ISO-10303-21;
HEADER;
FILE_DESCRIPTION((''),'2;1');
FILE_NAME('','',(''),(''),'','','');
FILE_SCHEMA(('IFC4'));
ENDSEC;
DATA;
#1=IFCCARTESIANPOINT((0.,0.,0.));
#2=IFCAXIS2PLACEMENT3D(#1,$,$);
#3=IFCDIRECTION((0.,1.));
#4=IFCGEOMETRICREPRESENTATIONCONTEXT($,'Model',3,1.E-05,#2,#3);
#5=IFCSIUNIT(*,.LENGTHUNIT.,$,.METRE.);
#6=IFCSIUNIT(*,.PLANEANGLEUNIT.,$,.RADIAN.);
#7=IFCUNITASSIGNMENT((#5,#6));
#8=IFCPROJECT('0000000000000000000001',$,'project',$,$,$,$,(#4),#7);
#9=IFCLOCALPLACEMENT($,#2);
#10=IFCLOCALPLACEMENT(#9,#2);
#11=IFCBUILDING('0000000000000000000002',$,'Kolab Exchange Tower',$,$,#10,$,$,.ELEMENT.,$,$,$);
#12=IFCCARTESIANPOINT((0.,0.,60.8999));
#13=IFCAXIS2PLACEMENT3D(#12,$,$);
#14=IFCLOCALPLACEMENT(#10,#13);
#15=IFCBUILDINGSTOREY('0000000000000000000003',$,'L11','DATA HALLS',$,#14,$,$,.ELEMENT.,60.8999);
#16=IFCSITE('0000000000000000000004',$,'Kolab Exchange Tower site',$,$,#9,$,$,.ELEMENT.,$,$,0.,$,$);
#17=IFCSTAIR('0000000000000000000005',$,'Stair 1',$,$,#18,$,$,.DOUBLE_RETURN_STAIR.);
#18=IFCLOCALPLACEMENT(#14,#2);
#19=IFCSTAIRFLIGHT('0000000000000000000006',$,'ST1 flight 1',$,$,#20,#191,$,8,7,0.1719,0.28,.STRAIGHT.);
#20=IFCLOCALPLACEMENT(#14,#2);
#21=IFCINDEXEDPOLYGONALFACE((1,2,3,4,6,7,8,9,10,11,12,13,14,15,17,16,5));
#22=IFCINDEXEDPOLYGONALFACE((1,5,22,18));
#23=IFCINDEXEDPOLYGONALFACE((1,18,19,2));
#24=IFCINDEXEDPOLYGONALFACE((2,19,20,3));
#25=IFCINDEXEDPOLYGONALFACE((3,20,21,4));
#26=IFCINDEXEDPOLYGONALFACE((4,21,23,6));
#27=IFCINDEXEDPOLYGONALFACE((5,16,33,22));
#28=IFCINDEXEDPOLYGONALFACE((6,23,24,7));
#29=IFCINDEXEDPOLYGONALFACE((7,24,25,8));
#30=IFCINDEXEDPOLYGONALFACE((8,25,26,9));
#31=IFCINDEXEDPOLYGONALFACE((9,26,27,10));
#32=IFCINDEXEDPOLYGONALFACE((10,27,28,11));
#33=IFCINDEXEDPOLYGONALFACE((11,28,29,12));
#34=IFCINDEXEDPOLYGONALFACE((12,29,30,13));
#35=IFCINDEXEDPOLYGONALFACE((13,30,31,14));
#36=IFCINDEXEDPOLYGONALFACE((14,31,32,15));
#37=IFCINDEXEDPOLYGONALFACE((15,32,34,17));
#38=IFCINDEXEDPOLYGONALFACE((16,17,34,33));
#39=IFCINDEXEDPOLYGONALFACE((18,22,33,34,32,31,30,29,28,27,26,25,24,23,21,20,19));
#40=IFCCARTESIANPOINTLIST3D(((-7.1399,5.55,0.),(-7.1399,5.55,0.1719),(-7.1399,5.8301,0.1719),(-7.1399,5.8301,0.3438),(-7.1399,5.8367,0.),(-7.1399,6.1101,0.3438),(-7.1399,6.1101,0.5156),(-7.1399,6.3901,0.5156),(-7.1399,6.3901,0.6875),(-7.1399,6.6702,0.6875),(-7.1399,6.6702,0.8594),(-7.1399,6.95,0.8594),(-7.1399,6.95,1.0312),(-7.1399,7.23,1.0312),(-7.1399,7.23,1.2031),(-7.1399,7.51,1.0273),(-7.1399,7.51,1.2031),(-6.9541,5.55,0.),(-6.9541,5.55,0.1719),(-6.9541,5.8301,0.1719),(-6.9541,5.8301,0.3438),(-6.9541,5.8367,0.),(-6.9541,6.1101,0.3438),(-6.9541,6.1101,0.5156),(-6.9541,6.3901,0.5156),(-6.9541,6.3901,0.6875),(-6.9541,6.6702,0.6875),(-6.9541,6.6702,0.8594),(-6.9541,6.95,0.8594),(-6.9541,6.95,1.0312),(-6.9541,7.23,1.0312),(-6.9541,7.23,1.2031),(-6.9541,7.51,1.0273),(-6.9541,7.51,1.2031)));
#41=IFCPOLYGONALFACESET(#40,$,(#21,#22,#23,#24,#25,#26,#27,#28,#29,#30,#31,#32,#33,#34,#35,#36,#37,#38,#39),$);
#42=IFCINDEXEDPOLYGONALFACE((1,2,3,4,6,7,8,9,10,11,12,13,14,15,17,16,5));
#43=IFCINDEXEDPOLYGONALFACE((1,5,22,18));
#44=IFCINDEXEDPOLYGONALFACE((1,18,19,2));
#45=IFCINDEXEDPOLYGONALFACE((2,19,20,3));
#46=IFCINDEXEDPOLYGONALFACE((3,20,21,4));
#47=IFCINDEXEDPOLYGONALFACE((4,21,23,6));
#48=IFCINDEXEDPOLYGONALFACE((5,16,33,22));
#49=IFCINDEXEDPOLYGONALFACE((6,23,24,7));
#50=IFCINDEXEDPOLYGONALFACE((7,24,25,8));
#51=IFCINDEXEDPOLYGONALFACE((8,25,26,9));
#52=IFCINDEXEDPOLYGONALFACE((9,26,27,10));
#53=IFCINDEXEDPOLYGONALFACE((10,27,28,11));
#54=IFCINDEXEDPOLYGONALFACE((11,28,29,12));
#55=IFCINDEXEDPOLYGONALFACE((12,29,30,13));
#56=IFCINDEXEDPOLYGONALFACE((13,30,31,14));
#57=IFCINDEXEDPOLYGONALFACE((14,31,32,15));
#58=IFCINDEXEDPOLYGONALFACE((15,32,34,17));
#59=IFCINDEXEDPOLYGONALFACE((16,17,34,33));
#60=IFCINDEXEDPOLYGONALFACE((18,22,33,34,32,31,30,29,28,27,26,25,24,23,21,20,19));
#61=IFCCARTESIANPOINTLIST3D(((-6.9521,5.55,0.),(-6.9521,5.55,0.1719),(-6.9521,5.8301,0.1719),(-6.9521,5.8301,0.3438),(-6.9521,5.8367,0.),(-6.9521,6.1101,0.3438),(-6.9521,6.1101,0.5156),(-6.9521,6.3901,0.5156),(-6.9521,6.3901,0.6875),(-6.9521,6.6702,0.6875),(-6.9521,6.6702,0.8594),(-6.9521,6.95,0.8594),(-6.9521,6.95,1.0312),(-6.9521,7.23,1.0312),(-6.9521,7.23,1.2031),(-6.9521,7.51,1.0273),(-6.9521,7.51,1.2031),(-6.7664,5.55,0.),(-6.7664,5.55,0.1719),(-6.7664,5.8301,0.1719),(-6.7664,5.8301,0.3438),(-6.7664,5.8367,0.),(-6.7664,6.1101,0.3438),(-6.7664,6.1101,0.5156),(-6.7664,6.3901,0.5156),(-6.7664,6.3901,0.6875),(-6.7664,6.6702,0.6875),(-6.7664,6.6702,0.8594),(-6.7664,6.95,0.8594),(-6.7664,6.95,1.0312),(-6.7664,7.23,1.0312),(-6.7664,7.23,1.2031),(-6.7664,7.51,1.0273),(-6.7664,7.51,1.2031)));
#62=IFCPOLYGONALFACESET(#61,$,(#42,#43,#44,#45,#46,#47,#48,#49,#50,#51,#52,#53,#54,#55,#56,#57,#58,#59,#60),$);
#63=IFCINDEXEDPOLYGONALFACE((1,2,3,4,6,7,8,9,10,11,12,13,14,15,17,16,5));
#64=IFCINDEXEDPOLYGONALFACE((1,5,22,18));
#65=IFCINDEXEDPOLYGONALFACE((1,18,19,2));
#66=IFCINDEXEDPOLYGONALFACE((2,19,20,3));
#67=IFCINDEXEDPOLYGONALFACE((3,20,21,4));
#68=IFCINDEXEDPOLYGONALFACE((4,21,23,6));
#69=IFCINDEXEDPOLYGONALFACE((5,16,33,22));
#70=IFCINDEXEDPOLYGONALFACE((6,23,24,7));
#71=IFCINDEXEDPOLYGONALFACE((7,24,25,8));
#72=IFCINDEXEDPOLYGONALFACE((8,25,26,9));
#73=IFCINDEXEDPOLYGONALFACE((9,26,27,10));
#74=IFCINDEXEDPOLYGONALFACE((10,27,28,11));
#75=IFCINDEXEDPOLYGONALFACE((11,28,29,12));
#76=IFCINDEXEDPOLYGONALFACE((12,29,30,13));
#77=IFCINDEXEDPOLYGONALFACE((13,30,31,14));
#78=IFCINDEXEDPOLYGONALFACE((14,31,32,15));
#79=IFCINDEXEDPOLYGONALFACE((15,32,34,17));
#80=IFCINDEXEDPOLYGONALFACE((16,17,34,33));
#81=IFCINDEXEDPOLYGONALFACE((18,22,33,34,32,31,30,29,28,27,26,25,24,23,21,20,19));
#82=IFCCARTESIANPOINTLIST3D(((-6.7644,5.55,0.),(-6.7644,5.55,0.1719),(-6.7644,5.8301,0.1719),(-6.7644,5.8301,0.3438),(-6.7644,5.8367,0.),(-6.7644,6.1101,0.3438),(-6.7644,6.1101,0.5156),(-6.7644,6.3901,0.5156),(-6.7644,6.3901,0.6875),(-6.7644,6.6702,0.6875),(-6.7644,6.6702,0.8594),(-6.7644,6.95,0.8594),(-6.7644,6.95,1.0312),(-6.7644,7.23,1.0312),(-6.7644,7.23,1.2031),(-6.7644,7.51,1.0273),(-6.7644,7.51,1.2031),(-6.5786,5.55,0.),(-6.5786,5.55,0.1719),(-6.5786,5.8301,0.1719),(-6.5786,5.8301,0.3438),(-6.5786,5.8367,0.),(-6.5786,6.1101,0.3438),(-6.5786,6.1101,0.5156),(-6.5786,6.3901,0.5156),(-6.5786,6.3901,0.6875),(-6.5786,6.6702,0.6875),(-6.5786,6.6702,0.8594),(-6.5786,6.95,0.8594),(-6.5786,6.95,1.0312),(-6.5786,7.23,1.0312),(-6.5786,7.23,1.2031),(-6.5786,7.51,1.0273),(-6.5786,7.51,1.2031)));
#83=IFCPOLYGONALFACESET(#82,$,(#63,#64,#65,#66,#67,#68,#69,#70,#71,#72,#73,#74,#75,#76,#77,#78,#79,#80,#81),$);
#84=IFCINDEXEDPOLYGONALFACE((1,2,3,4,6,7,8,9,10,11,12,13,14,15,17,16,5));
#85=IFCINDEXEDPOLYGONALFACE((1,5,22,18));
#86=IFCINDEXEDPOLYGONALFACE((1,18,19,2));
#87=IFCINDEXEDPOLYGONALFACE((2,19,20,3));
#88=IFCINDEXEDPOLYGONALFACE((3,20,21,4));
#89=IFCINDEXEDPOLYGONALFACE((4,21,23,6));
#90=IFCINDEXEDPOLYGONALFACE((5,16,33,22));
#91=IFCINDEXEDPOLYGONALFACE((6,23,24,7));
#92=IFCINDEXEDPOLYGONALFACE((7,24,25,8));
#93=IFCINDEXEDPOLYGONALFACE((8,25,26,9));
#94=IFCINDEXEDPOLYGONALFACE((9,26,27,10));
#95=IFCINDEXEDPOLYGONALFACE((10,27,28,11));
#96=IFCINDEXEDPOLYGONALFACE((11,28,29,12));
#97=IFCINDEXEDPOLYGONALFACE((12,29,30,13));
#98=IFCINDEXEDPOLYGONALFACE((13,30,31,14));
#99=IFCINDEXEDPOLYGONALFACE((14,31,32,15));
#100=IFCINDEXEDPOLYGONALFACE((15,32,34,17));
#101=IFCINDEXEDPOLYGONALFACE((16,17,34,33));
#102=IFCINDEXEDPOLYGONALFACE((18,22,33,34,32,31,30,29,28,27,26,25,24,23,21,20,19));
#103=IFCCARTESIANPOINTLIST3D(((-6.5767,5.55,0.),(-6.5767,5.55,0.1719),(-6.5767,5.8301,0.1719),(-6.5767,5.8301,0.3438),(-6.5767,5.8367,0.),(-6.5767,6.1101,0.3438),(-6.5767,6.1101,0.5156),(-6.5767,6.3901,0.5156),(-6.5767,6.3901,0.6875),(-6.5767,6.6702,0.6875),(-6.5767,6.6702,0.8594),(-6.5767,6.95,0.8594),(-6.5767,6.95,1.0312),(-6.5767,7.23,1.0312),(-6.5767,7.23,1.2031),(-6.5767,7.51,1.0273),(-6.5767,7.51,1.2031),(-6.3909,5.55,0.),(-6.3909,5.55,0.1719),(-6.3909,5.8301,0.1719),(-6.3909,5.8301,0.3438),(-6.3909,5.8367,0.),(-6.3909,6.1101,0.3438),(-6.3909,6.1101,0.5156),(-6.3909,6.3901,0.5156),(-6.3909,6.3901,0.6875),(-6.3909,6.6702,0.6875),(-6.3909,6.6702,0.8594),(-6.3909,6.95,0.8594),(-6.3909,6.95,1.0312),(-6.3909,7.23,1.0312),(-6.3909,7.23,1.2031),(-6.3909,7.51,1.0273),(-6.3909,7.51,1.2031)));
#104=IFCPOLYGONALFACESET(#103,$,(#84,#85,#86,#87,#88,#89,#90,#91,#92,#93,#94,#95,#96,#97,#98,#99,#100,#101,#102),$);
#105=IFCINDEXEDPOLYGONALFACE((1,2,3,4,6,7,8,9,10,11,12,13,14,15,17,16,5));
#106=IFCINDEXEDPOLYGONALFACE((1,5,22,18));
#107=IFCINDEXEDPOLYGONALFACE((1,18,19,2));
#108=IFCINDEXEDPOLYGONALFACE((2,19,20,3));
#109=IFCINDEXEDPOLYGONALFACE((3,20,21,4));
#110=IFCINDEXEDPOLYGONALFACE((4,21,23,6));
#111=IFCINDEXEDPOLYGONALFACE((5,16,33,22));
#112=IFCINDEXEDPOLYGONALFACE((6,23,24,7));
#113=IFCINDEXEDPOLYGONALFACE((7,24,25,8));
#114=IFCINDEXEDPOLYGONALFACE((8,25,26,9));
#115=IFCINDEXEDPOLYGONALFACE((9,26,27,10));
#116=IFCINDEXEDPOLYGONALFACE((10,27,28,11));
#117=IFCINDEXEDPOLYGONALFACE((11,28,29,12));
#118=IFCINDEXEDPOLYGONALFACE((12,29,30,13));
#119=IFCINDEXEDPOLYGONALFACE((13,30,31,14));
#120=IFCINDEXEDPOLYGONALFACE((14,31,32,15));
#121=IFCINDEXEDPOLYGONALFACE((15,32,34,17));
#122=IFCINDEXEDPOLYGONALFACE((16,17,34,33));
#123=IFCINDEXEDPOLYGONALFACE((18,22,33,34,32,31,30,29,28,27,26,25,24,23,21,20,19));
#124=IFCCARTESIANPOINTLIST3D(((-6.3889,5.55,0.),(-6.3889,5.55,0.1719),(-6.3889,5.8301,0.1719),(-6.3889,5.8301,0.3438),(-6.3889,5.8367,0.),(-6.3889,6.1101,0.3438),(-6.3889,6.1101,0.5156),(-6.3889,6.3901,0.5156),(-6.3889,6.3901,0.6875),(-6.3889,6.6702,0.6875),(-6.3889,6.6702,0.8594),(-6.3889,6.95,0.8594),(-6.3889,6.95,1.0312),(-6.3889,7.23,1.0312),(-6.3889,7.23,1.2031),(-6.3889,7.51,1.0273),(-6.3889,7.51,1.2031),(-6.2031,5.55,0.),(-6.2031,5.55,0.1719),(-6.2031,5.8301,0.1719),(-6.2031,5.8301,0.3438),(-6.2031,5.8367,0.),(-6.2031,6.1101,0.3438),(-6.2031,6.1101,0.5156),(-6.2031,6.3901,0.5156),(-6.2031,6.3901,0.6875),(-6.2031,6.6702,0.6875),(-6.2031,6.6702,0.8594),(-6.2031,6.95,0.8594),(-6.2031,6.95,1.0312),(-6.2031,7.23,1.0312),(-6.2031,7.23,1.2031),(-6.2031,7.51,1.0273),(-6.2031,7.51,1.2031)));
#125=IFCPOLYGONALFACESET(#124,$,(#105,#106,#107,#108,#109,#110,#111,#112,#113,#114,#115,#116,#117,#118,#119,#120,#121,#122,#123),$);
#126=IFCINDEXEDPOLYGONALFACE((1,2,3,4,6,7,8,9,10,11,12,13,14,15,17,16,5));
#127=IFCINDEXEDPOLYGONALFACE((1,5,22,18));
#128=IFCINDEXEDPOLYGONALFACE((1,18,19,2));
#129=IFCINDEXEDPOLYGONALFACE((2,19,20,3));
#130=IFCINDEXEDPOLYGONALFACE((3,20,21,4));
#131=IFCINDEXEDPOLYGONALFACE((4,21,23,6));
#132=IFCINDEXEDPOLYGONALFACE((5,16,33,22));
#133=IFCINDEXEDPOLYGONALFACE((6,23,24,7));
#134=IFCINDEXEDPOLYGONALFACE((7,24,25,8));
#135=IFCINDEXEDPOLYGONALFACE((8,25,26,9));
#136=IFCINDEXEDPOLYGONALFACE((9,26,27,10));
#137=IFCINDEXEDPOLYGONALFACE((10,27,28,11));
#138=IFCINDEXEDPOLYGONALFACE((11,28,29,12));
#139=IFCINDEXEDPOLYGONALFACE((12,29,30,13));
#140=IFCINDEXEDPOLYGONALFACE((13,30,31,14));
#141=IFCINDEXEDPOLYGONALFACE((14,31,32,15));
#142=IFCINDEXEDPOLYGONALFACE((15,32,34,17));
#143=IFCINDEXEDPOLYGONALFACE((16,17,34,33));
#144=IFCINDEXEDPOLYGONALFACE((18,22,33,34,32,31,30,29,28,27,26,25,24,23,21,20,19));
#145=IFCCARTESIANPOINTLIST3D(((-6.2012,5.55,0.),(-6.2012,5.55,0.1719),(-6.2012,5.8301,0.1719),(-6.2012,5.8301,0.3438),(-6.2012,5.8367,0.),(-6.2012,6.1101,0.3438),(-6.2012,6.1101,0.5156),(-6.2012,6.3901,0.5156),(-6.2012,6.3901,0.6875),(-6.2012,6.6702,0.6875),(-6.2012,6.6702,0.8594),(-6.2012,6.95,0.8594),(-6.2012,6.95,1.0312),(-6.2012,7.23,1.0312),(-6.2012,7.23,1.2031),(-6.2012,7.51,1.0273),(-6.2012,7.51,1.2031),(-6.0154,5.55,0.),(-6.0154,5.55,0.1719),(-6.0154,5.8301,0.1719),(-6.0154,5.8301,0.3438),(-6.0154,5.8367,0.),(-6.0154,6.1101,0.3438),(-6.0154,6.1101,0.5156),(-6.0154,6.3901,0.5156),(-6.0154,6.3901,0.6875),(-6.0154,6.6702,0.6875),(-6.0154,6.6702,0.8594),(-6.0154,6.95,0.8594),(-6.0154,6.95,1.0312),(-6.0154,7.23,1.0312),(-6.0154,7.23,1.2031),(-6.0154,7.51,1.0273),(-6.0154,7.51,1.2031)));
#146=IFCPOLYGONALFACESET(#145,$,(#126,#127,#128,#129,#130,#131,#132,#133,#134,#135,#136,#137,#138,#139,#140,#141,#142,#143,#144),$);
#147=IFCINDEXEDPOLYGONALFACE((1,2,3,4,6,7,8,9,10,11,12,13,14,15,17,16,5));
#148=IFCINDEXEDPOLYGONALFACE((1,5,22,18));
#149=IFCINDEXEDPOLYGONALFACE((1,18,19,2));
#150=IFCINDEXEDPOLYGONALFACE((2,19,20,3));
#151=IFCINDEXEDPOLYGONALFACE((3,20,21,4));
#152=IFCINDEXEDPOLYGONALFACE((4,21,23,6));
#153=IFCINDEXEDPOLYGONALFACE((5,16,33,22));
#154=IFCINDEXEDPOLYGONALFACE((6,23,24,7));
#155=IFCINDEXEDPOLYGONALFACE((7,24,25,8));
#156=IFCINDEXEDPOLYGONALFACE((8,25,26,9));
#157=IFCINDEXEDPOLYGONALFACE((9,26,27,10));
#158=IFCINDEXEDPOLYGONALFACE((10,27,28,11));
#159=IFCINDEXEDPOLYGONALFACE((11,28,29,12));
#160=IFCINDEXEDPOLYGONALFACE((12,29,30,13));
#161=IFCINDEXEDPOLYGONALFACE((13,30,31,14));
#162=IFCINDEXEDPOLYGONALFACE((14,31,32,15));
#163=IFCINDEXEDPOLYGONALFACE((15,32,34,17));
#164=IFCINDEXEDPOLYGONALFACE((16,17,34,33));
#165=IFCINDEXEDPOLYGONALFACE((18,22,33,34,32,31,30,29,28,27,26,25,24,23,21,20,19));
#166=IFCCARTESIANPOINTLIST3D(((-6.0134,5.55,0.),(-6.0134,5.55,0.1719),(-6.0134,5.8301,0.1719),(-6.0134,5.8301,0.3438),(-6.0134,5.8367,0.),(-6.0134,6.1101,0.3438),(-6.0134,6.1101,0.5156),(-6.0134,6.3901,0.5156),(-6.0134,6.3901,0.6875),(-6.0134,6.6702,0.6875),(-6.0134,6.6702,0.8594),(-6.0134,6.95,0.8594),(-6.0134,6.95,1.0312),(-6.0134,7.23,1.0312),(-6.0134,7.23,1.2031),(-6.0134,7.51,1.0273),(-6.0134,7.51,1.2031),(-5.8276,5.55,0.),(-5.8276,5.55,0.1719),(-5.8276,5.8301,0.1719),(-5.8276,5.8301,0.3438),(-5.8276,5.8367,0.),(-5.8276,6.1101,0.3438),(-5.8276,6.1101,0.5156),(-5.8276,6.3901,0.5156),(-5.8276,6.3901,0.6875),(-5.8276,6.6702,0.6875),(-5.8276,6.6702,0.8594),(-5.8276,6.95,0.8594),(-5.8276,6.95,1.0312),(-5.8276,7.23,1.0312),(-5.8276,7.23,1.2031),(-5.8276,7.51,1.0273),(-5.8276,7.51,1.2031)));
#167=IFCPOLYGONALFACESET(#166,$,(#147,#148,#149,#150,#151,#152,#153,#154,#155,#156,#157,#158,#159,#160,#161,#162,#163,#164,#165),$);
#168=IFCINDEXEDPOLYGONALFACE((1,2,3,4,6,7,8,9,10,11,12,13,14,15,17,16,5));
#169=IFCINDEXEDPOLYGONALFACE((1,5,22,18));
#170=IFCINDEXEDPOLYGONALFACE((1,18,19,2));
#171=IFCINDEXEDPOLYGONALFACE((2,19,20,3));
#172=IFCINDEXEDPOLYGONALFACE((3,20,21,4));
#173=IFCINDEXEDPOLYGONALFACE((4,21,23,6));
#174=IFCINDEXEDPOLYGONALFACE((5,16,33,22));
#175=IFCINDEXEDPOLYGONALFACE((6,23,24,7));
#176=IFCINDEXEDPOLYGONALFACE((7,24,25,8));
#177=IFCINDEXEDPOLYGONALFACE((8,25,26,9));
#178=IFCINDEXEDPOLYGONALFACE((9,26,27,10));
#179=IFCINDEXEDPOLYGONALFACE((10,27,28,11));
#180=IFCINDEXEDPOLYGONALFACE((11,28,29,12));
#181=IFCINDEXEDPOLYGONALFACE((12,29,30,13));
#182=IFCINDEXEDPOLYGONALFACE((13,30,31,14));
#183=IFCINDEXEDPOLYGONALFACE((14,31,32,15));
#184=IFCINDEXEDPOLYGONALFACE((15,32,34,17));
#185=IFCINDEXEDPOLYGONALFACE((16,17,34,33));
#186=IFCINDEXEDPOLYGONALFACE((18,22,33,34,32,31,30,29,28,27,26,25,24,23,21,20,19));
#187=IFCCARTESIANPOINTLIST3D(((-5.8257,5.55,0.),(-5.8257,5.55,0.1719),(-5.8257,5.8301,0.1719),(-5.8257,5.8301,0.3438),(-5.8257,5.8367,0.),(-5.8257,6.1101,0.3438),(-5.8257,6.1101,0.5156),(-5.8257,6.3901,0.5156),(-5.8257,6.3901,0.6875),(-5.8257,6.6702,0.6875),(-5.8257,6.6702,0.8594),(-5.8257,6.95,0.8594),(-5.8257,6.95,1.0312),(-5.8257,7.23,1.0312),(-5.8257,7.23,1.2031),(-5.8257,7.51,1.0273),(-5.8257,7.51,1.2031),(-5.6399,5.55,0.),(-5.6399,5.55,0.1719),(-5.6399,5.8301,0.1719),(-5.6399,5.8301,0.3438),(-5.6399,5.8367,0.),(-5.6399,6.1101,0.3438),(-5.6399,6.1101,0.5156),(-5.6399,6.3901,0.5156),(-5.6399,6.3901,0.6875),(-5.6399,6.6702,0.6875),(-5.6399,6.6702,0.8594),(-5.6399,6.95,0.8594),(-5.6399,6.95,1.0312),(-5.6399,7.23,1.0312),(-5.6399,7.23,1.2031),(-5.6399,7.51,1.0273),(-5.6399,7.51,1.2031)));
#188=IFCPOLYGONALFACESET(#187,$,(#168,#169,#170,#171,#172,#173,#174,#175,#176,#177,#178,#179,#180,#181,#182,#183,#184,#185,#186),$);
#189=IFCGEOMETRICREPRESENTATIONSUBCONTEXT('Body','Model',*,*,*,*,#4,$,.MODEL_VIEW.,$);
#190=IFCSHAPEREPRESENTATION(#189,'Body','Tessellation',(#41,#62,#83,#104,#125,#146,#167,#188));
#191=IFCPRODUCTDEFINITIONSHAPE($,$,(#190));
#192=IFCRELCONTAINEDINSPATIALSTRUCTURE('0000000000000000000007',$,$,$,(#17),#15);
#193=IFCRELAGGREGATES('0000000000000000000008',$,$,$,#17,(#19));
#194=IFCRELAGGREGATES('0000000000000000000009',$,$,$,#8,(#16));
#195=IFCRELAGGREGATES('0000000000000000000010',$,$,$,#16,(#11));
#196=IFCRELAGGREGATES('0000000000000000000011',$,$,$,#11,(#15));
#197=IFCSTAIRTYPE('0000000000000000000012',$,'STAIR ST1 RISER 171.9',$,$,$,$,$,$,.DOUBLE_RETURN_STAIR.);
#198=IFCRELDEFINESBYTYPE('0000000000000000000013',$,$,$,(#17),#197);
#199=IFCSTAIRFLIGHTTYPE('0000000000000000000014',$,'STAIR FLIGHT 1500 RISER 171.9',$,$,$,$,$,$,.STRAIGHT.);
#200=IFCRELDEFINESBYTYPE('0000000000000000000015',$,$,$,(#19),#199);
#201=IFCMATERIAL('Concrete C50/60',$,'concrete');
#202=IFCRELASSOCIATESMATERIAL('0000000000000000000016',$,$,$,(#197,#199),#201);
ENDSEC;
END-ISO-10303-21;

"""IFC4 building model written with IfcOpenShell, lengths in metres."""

from ifc_helpers import new_model, si_unit, direction, frame, origin, place, context, subcontext, project, spatial, polyline, outline, extrude, material, type_object, element, aggregate, save


model = new_model("IFC4")

# Units and contexts
model_context = context("Model", 3, precision=1e-05, world=origin(), true_north=direction((0.0, 1.0)))
body_context = subcontext(model_context, "Body", "Model", "MODEL_VIEW")
ifc_project = project(units=[si_unit("LENGTHUNIT", "METRE"), si_unit("PLANEANGLEUNIT", "RADIAN")], contexts=[model_context])

# Site, building, storey
site_placement = place(None, origin())
site = spatial("IfcSite", under=ifc_project, at=site_placement, Name="Kolab Exchange Tower site", CompositionType="ELEMENT", RefElevation=0.0)
building_placement = place(site_placement, origin())
building = spatial("IfcBuilding", under=site, at=building_placement, Name="Kolab Exchange Tower", CompositionType="ELEMENT")
storey_placement = place(building_placement, frame((0.0, 0.0, 60.8999)))
storey = spatial("IfcBuildingStorey", under=building, at=storey_placement, Name="L11", Description="DATA HALLS", CompositionType="ELEMENT", Elevation=60.8999)

# Shared definitions
ifc_material_1 = material(Name="Concrete C50/60", Category="concrete")

# Stair, stair flight
stair_type = type_object("IfcStairType", Name="STAIR ST1 RISER 171.9", PredefinedType="DOUBLE_RETURN_STAIR", material=ifc_material_1)
stair_placement = place(storey_placement, origin())
stair = element("IfcStair", 1, at=stair_placement, inside=storey, type_object=stair_type, Name="Stair 1", PredefinedType="DOUBLE_RETURN_STAIR")
stair_flight_type = type_object("IfcStairFlightType", Name="STAIR FLIGHT 1500 RISER 171.9", PredefinedType="STRAIGHT", material=ifc_material_1)
stair_flight_1_placement = place(storey_placement, frame((-6.3899, 5.55, 0.0), z_axis=(0.0, 0.0, 1.0), x_axis=(0.0, 1.0, 0.0)))
stair_flight_1 = element("IfcStairFlight", 2, at=stair_flight_1_placement, type_object=stair_flight_type, Name="ST1 flight 1", NumberOfRisers=8, NumberOfTreads=7, PredefinedType="STRAIGHT", RiserHeight=0.1719, TreadLength=0.28, context=body_context, shape_type="SweptSolid", body=[
    extrude(outline(polyline([(0.0, 0.0), (0.0, 0.1719), (0.28, 0.1719), (0.28, 0.3438), (0.5601, 0.3438), (0.5601, 0.5156), (0.8401, 0.5156), (0.8401, 0.6875), (1.1201, 0.6875), (1.1201, 0.8594), (1.3999, 0.8594), (1.3999, 1.0312), (1.6799, 1.0312), (1.6799, 1.2031), (1.96, 1.2031), (1.96, 1.375), (1.96, 1.0273), (0.2866, 0.0), (0.0, 0.0)])), frame((0.0, 0.75, 0.0), z_axis=(0.0, -1.0, 0.0), x_axis=(1.0, 0.0, 0.0)), (0.0, 0.0, 1.0), 0.1858),
    extrude(outline(polyline([(0.0, 0.0), (0.0, 0.1719), (0.28, 0.1719), (0.28, 0.3438), (0.5601, 0.3438), (0.5601, 0.5156), (0.8401, 0.5156), (0.8401, 0.6875), (1.1201, 0.6875), (1.1201, 0.8594), (1.3999, 0.8594), (1.3999, 1.0312), (1.6799, 1.0312), (1.6799, 1.2031), (1.96, 1.2031), (1.96, 1.375), (1.96, 1.0273), (0.2866, 0.0), (0.0, 0.0)])), frame((0.0, 0.5623, 0.0), z_axis=(0.0, -1.0, 0.0), x_axis=(1.0, 0.0, 0.0)), (0.0, 0.0, 1.0), 0.1858),
    extrude(outline(polyline([(0.0, 0.0), (0.0, 0.1719), (0.28, 0.1719), (0.28, 0.3438), (0.5601, 0.3438), (0.5601, 0.5156), (0.8401, 0.5156), (0.8401, 0.6875), (1.1201, 0.6875), (1.1201, 0.8594), (1.3999, 0.8594), (1.3999, 1.0312), (1.6799, 1.0312), (1.6799, 1.2031), (1.96, 1.2031), (1.96, 1.375), (1.96, 1.0273), (0.2866, 0.0), (0.0, 0.0)])), frame((0.0, 0.3745, 0.0), z_axis=(0.0, -1.0, 0.0), x_axis=(1.0, 0.0, 0.0)), (0.0, 0.0, 1.0), 0.1858),
    extrude(outline(polyline([(0.0, 0.0), (0.0, 0.1719), (0.28, 0.1719), (0.28, 0.3438), (0.5601, 0.3438), (0.5601, 0.5156), (0.8401, 0.5156), (0.8401, 0.6875), (1.1201, 0.6875), (1.1201, 0.8594), (1.3999, 0.8594), (1.3999, 1.0312), (1.6799, 1.0312), (1.6799, 1.2031), (1.96, 1.2031), (1.96, 1.375), (1.96, 1.0273), (0.2866, 0.0), (0.0, 0.0)])), frame((0.0, 0.1868, 0.0), z_axis=(0.0, -1.0, 0.0), x_axis=(1.0, 0.0, 0.0)), (0.0, 0.0, 1.0), 0.1858),
    extrude(outline(polyline([(0.0, 0.0), (0.0, 0.1719), (0.28, 0.1719), (0.28, 0.3438), (0.5601, 0.3438), (0.5601, 0.5156), (0.8401, 0.5156), (0.8401, 0.6875), (1.1201, 0.6875), (1.1201, 0.8594), (1.3999, 0.8594), (1.3999, 1.0312), (1.6799, 1.0312), (1.6799, 1.2031), (1.96, 1.2031), (1.96, 1.375), (1.96, 1.0273), (0.2866, 0.0), (0.0, 0.0)])), frame((0.0, -0.001, 0.0), z_axis=(0.0, -1.0, 0.0), x_axis=(1.0, 0.0, 0.0)), (0.0, 0.0, 1.0), 0.1858),
    extrude(outline(polyline([(0.0, 0.0), (0.0, 0.1719), (0.28, 0.1719), (0.28, 0.3438), (0.5601, 0.3438), (0.5601, 0.5156), (0.8401, 0.5156), (0.8401, 0.6875), (1.1201, 0.6875), (1.1201, 0.8594), (1.3999, 0.8594), (1.3999, 1.0312), (1.6799, 1.0312), (1.6799, 1.2031), (1.96, 1.2031), (1.96, 1.375), (1.96, 1.0273), (0.2866, 0.0), (0.0, 0.0)])), frame((0.0, -0.1887, 0.0), z_axis=(0.0, -1.0, 0.0), x_axis=(1.0, 0.0, 0.0)), (0.0, 0.0, 1.0), 0.1858),
    extrude(outline(polyline([(0.0, 0.0), (0.0, 0.1719), (0.28, 0.1719), (0.28, 0.3438), (0.5601, 0.3438), (0.5601, 0.5156), (0.8401, 0.5156), (0.8401, 0.6875), (1.1201, 0.6875), (1.1201, 0.8594), (1.3999, 0.8594), (1.3999, 1.0312), (1.6799, 1.0312), (1.6799, 1.2031), (1.96, 1.2031), (1.96, 1.375), (1.96, 1.0273), (0.2866, 0.0), (0.0, 0.0)])), frame((0.0, -0.3765, 0.0), z_axis=(0.0, -1.0, 0.0), x_axis=(1.0, 0.0, 0.0)), (0.0, 0.0, 1.0), 0.1858),
    extrude(outline(polyline([(0.0, 0.0), (0.0, 0.1719), (0.28, 0.1719), (0.28, 0.3438), (0.5601, 0.3438), (0.5601, 0.5156), (0.8401, 0.5156), (0.8401, 0.6875), (1.1201, 0.6875), (1.1201, 0.8594), (1.3999, 0.8594), (1.3999, 1.0312), (1.6799, 1.0312), (1.6799, 1.2031), (1.96, 1.2031), (1.96, 1.375), (1.96, 1.0273), (0.2866, 0.0), (0.0, 0.0)])), frame((0.0, -0.5642, 0.0), z_axis=(0.0, -1.0, 0.0), x_axis=(1.0, 0.0, 0.0)), (0.0, 0.0, 1.0), 0.1858),
])
aggregate(stair, [stair_flight_1])

save(model, "model.ifc")
